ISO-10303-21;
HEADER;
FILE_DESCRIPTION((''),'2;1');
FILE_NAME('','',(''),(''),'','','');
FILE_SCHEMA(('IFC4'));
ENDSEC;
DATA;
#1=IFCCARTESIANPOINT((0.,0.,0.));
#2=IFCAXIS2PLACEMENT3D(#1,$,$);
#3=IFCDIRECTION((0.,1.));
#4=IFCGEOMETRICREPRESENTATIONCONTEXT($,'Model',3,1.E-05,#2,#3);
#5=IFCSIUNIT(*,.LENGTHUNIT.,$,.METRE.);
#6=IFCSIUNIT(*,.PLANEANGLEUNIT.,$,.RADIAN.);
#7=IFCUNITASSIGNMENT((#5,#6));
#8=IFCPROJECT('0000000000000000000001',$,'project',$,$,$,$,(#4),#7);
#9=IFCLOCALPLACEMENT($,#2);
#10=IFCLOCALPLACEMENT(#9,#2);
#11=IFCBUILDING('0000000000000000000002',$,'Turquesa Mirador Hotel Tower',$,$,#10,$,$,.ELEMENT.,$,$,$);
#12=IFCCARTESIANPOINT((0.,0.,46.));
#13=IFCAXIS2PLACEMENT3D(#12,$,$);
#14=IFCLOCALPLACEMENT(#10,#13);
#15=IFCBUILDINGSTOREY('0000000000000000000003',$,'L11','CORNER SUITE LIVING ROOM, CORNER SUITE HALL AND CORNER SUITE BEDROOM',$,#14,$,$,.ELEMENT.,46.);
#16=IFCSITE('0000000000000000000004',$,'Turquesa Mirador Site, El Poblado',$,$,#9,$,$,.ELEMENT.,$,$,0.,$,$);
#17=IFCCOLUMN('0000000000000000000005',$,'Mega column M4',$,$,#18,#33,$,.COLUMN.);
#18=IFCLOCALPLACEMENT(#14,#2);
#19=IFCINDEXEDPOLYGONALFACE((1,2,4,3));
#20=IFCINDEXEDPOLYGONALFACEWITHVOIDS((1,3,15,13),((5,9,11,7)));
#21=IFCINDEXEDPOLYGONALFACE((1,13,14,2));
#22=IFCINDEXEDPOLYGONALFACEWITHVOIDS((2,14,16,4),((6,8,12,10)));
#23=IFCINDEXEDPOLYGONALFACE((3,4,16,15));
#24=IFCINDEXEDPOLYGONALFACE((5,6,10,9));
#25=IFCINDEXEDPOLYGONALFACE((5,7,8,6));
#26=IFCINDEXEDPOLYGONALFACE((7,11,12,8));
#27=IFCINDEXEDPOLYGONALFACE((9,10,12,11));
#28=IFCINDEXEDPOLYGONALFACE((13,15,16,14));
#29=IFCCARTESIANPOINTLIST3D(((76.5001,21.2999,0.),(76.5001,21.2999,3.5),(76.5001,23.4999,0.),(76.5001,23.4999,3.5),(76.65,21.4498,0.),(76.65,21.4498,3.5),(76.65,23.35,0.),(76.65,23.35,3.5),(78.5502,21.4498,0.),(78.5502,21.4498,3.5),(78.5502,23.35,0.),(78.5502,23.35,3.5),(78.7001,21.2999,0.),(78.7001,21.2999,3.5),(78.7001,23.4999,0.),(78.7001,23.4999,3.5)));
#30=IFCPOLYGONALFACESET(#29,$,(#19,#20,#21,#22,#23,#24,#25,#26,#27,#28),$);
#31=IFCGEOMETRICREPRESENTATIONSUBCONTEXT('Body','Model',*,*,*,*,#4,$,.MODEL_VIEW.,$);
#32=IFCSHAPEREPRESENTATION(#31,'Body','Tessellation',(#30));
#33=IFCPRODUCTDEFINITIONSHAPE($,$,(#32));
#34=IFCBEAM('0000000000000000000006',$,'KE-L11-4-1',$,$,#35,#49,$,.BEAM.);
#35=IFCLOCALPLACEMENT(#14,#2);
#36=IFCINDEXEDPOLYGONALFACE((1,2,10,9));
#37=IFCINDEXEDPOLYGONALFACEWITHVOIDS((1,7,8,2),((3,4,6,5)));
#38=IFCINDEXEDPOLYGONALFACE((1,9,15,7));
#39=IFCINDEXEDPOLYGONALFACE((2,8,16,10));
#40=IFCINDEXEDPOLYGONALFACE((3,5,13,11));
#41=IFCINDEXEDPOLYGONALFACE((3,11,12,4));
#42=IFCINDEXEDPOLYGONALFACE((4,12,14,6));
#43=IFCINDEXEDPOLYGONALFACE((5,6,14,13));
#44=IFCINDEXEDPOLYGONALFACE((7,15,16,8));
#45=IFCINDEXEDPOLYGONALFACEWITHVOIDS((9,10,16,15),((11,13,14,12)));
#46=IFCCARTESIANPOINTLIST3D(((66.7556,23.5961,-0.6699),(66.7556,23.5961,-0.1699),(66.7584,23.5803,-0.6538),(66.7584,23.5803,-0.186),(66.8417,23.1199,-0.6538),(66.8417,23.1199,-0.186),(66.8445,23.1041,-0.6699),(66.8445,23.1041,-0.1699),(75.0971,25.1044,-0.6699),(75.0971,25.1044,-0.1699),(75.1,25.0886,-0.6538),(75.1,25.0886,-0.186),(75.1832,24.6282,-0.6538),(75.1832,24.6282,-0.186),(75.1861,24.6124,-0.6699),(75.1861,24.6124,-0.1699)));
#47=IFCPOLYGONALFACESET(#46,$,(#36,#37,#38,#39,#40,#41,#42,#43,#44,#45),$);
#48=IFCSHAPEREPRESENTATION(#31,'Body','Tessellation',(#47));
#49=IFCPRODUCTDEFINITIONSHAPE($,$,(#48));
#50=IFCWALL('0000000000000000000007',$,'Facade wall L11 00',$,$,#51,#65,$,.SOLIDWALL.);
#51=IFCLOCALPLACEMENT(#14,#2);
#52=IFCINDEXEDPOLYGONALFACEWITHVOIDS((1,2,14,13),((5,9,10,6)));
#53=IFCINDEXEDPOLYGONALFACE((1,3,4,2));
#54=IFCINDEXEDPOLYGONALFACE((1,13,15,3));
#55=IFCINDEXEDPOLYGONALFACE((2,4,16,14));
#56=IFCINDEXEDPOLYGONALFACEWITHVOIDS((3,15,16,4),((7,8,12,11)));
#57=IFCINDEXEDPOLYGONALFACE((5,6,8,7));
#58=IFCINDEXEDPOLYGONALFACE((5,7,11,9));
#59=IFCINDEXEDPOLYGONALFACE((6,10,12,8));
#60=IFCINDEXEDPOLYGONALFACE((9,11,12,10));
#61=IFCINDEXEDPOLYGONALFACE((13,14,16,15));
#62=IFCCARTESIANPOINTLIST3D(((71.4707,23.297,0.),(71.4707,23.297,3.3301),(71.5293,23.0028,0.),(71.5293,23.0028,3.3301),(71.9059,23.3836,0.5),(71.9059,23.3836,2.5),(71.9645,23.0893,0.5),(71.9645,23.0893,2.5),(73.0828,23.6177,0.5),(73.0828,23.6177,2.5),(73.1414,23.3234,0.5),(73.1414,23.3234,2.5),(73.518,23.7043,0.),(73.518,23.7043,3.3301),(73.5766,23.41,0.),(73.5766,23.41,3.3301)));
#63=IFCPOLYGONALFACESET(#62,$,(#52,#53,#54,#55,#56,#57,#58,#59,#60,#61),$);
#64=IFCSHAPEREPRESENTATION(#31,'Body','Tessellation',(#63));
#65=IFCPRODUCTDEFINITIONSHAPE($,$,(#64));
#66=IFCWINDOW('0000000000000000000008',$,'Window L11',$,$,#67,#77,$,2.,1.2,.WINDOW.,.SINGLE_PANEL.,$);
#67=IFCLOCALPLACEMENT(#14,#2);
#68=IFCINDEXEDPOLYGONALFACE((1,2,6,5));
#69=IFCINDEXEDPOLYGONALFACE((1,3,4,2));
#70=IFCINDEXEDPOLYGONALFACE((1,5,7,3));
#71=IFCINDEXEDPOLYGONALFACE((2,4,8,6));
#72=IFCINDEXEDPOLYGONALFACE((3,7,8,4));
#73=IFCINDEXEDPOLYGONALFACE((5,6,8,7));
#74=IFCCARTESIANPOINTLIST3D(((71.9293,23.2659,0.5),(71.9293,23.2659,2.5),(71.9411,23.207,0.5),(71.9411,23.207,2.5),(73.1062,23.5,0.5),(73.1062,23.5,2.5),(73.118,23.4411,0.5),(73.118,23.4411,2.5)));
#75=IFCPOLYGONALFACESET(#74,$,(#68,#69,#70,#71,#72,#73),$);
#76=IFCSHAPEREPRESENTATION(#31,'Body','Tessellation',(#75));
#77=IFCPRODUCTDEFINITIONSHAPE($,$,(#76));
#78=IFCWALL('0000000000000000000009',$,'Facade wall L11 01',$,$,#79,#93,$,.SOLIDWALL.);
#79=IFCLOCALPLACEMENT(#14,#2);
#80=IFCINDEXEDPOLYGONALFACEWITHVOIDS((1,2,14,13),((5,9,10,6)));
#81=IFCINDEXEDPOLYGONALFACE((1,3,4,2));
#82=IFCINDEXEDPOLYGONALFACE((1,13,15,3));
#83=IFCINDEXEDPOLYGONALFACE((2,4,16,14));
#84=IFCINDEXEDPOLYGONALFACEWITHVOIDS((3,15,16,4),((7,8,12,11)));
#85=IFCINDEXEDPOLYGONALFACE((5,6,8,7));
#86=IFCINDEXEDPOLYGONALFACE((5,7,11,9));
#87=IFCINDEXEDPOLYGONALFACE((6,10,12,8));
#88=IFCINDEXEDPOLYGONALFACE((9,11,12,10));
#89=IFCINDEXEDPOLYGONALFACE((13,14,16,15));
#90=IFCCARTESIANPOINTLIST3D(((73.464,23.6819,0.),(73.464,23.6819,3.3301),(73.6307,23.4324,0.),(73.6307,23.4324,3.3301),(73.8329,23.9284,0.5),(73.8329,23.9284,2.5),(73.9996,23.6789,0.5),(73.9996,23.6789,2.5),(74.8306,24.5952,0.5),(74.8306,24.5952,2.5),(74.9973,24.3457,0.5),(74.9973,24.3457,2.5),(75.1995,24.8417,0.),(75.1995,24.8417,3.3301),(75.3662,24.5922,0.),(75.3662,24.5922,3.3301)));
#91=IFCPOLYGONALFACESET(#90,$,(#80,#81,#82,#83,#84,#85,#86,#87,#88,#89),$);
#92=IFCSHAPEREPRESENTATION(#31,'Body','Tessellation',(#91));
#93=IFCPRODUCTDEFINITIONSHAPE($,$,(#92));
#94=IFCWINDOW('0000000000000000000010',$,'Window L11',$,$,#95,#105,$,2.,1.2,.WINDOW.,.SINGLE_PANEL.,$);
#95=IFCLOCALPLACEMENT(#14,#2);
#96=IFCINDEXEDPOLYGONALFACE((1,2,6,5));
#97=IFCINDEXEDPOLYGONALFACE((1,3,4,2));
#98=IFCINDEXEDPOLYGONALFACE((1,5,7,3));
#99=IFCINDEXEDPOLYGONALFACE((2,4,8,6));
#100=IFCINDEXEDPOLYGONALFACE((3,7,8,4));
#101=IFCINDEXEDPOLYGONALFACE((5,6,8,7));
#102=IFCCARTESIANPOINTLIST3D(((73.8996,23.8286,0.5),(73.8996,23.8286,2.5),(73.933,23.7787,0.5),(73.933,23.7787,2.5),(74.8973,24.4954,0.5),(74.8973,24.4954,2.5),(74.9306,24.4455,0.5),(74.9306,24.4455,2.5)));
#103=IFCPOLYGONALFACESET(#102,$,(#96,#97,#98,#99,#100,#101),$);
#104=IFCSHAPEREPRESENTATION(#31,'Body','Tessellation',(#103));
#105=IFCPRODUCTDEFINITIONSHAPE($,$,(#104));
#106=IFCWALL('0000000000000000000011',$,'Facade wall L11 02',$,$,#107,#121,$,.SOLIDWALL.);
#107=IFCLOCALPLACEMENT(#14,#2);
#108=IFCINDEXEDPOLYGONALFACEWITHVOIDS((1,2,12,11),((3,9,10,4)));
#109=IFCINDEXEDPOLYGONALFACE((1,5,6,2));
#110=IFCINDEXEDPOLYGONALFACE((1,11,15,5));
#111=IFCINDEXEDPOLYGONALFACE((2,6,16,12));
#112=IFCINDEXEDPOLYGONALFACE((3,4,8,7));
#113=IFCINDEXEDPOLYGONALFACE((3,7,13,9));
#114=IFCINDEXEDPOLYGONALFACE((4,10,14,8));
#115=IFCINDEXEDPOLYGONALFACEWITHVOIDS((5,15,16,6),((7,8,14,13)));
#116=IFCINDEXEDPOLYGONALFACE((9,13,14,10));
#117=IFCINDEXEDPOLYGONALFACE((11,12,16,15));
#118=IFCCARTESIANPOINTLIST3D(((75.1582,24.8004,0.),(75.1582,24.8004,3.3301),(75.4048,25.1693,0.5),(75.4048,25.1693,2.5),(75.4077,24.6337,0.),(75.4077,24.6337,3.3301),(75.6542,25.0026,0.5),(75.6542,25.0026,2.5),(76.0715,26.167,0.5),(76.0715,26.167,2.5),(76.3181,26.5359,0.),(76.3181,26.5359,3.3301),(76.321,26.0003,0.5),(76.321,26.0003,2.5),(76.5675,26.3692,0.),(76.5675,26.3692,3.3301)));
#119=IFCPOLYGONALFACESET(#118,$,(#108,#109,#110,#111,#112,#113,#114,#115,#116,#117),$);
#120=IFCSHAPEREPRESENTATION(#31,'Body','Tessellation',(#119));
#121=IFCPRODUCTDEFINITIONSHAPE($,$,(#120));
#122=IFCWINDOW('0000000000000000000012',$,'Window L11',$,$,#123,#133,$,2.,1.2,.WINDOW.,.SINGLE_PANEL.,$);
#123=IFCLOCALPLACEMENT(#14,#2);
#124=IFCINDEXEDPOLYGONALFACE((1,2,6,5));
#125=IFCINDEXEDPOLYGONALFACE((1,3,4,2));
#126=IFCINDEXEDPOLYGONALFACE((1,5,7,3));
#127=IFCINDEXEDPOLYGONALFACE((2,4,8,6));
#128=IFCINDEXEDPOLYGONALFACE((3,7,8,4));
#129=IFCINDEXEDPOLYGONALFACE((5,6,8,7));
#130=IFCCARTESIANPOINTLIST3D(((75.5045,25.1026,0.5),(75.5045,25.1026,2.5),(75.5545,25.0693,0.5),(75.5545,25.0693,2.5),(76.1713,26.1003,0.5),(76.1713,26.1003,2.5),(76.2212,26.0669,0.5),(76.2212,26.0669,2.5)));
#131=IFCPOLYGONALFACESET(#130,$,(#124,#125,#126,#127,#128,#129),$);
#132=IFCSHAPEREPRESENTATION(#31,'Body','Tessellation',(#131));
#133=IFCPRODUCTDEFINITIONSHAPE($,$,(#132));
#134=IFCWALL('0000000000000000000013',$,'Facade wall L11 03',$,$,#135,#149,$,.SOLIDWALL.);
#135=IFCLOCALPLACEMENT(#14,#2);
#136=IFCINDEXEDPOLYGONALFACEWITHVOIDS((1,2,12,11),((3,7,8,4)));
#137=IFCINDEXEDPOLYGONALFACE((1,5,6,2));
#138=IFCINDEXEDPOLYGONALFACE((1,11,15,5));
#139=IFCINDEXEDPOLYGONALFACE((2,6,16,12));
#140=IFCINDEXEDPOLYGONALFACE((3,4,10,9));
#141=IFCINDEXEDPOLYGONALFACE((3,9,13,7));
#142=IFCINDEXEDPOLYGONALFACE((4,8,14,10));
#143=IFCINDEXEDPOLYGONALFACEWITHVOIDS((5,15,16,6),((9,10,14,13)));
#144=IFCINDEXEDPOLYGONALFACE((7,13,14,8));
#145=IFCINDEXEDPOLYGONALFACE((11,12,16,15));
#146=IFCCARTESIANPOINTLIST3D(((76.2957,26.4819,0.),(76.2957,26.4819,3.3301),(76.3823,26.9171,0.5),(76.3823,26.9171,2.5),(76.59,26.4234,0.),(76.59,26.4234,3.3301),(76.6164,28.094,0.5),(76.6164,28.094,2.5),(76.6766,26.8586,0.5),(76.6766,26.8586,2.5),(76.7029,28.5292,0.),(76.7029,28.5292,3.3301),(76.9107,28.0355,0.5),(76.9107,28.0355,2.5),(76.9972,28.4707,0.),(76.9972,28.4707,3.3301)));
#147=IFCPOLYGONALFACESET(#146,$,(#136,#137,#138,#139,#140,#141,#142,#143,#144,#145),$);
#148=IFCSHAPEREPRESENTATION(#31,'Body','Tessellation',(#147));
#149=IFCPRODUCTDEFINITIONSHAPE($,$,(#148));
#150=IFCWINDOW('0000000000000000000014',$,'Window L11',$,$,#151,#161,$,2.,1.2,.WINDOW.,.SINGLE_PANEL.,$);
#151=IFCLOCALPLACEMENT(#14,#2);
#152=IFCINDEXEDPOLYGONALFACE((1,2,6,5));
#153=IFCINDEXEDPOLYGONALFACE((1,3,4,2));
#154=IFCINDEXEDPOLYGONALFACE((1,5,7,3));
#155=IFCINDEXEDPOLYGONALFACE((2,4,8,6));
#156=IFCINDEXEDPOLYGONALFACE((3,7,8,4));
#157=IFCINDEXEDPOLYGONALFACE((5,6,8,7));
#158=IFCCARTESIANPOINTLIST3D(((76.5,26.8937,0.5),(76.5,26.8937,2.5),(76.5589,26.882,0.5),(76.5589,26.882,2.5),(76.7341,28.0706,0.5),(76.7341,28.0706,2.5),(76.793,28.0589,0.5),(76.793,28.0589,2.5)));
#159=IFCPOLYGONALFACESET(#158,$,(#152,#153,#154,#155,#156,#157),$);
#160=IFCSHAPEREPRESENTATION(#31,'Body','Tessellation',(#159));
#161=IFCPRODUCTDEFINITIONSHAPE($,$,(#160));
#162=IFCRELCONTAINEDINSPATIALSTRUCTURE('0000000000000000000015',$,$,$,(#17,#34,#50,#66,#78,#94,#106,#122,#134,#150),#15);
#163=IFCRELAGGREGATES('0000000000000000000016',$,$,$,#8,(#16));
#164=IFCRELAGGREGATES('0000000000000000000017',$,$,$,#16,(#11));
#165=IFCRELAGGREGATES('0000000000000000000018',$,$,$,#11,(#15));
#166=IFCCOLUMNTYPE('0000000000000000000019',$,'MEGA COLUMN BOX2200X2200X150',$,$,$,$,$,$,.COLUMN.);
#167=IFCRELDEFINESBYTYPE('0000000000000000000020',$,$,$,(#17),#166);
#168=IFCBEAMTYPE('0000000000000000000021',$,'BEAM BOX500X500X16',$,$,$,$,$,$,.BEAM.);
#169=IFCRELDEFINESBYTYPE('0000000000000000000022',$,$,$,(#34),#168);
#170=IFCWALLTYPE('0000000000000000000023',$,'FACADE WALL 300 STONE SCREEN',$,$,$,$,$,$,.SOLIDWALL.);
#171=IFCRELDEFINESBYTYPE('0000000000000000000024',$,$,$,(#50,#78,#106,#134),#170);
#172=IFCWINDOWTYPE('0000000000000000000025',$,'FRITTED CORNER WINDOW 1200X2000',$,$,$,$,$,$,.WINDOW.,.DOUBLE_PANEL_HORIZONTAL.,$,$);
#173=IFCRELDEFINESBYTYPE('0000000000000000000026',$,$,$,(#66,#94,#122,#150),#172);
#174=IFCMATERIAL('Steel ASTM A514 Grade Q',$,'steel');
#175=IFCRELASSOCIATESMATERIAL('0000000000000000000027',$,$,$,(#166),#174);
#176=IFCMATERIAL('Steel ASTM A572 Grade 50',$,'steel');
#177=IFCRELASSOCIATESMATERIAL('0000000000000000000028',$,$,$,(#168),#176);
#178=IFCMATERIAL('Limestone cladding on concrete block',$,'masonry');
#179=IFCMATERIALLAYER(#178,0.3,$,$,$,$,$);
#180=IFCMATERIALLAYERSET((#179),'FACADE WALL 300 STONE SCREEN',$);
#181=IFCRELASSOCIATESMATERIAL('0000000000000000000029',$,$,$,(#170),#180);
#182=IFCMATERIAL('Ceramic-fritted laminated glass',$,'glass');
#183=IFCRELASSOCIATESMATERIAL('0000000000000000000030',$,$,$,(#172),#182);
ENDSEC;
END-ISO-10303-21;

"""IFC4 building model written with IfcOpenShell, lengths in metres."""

from ifc_helpers import new_model, si_unit, direction, frame, frame_2d, origin, origin_2d, place, context, subcontext, project, spatial, rectangle, hollow_rectangle, extrude, material, layer, layer_set, material_profile, profile_set, type_object, element, fill, save


model = new_model("IFC4")

# Units and contexts
model_context = context("Model", 3, precision=1e-05, world=origin(), true_north=direction((0.0, 1.0)))
body_context = subcontext(model_context, "Body", "Model", "MODEL_VIEW")
ifc_project = project(units=[si_unit("LENGTHUNIT", "METRE"), si_unit("PLANEANGLEUNIT", "RADIAN")], contexts=[model_context])

# Site, building, storey
site_placement = place(None, origin())
site = spatial("IfcSite", under=ifc_project, at=site_placement, Name="Turquesa Mirador Site, El Poblado", CompositionType="ELEMENT", RefElevation=0.0)
building_placement = place(site_placement, origin())
building = spatial("IfcBuilding", under=site, at=building_placement, Name="Turquesa Mirador Hotel Tower", CompositionType="ELEMENT")
storey_placement = place(building_placement, frame((0.0, 0.0, 46.0)))
storey = spatial("IfcBuildingStorey", under=building, at=storey_placement, Name="L11", Description="CORNER SUITE LIVING ROOM, CORNER SUITE HALL AND CORNER SUITE BEDROOM", CompositionType="ELEMENT", Elevation=46.0)

# Column
ifc_material_1 = material(Name="Steel ASTM A514 Grade Q", Category="steel")
ifc_material_profile_1 = material_profile(ifc_material_1, hollow_rectangle(XDim=2.2, YDim=2.2, WallThickness=0.1499, at=origin_2d()), Name="BOX2200X2200X150")
ifc_profile_set_1 = profile_set([ifc_material_profile_1], Name="Steel ASTM A514 Grade Q")
column_type = type_object("IfcColumnType", Name="MEGA COLUMN BOX2200X2200X150", PredefinedType="COLUMN", material=ifc_profile_set_1)
column_placement = place(storey_placement, frame((77.6001, 22.3999, 0.0), z_axis=(0.0, 0.0, 1.0), x_axis=(1.0, 0.0, 0.0)))
element("IfcColumn", 1, at=column_placement, inside=storey, type_object=column_type, Name="Mega column M4", PredefinedType="COLUMN", context=body_context, shape_type="SweptSolid", body=[
    extrude(hollow_rectangle(XDim=2.2, YDim=2.2, WallThickness=0.1499, at=origin_2d()), origin(), (0.0, 0.0, 1.0), 3.5),
])

# Beam
ifc_material_2 = material(Name="Steel ASTM A572 Grade 50", Category="steel")
ifc_material_profile_2 = material_profile(ifc_material_2, hollow_rectangle(XDim=0.5, YDim=0.5, WallThickness=0.0161, at=origin_2d()), Name="BOX500X500X16")
ifc_profile_set_2 = profile_set([ifc_material_profile_2], Name="Steel ASTM A572 Grade 50")
beam_type = type_object("IfcBeamType", Name="BEAM BOX500X500X16", PredefinedType="BEAM", material=ifc_profile_set_2)
beam_placement = place(storey_placement, frame((75.1416, 24.8584, -0.4199), z_axis=(-0.984043, -0.177932, 0.0), x_axis=(0.177932, -0.984043, 0.0)))
element("IfcBeam", 2, at=beam_placement, inside=storey, type_object=beam_type, Name="KE-L11-4-1", PredefinedType="BEAM", context=body_context, shape_type="SweptSolid", body=[
    extrude(hollow_rectangle(XDim=0.5, YDim=0.5, WallThickness=0.0161, at=origin_2d()), origin(), (0.0, 0.0, 1.0), 8.4768),
])

# Walls, openings, windows
ifc_material_3 = material(Name="Limestone cladding on concrete block", Category="masonry")
ifc_layer_1 = layer(ifc_material_3, 0.3)
ifc_layer_set_1 = layer_set([ifc_layer_1], Name="FACADE WALL 300 STONE SCREEN")
wall_type_1 = type_object("IfcWallType", Name="FACADE WALL 300 STONE SCREEN", PredefinedType="SOLIDWALL", material=ifc_layer_set_1)
wall_1_placement = place(storey_placement, frame((71.5, 23.1499, 0.0), z_axis=(0.0, 0.0, 1.0), x_axis=(0.980787, 0.195081, 0.0)))
wall_1 = element("IfcWall", 3, at=wall_1_placement, inside=storey, type_object=wall_type_1, Name="Facade wall L11 00", PredefinedType="SOLIDWALL", context=body_context, shape_type="SweptSolid", body=[
    extrude(rectangle(XDim=2.0874, YDim=0.3, at=frame_2d((1.0437, 0.0))), origin(), (0.0, 0.0, 1.0), 3.3301),
])
opening_1_placement = place(wall_1_placement, frame((0.4436, 0.0, 0.5)))
opening_1 = element("IfcOpeningElement", 4, at=opening_1_placement, cuts=wall_1, PredefinedType="OPENING", context=body_context, shape_type="SweptSolid", body=[
    extrude(rectangle(XDim=1.2, YDim=2.0, at=frame_2d((0.6001, 1.0))), frame((0.0, 0.1599, 0.0), z_axis=(0.0, -1.0, 0.0), x_axis=(1.0, 0.0, 0.0)), (0.0, 0.0, 1.0), 0.3201),
])
ifc_material_4 = material(Name="Ceramic-fritted laminated glass", Category="glass")
window_type_1 = type_object("IfcWindowType", Name="FRITTED CORNER WINDOW 1200X2000", PartitioningType="DOUBLE_PANEL_HORIZONTAL", PredefinedType="WINDOW", material=ifc_material_4)
window_1_placement = place(opening_1_placement, origin())
window_1 = element("IfcWindow", 5, at=window_1_placement, inside=storey, type_object=window_type_1, Name="Window L11", OverallHeight=2.0, OverallWidth=1.2, PartitioningType="SINGLE_PANEL", PredefinedType="WINDOW", context=body_context, shape_type="SweptSolid", body=[
    extrude(rectangle(XDim=1.2, YDim=2.0, at=frame_2d((0.6001, 1.0))), frame((0.0, 0.03, 0.0), z_axis=(0.0, -1.0, 0.0), x_axis=(1.0, 0.0, 0.0)), (0.0, 0.0, 1.0), 0.0601),
])
fill(opening_1, window_1)
wall_2_placement = place(storey_placement, frame((73.5474, 23.5571, 0.0), z_axis=(0.0, 0.0, 1.0), x_axis=(0.83142, 0.555644, 0.0)))
wall_2 = element("IfcWall", 6, at=wall_2_placement, inside=storey, type_object=wall_type_1, Name="Facade wall L11 01", PredefinedType="SOLIDWALL", context=body_context, shape_type="SweptSolid", body=[
    extrude(rectangle(XDim=2.0874, YDim=0.3, at=frame_2d((1.0437, 0.0))), origin(), (0.0, 0.0, 1.0), 3.3301),
])
opening_2_placement = place(wall_2_placement, frame((0.4436, 0.0, 0.5)))
opening_2 = element("IfcOpeningElement", 7, at=opening_2_placement, cuts=wall_2, PredefinedType="OPENING", context=body_context, shape_type="SweptSolid", body=[
    extrude(rectangle(XDim=1.2, YDim=2.0, at=frame_2d((0.6001, 1.0))), frame((0.0, 0.1599, 0.0), z_axis=(0.0, -1.0, 0.0), x_axis=(1.0, 0.0, 0.0)), (0.0, 0.0, 1.0), 0.3201),
])
window_2_placement = place(opening_2_placement, origin())
window_2 = element("IfcWindow", 8, at=window_2_placement, inside=storey, type_object=window_type_1, Name="Window L11", OverallHeight=2.0, OverallWidth=1.2, PartitioningType="SINGLE_PANEL", PredefinedType="WINDOW", context=body_context, shape_type="SweptSolid", body=[
    extrude(rectangle(XDim=1.2, YDim=2.0, at=frame_2d((0.6001, 1.0))), frame((0.0, 0.03, 0.0), z_axis=(0.0, -1.0, 0.0), x_axis=(1.0, 0.0, 0.0)), (0.0, 0.0, 1.0), 0.0601),
])
fill(opening_2, window_2)
wall_3_placement = place(storey_placement, frame((75.283, 24.717, 0.0), z_axis=(0.0, 0.0, 1.0), x_axis=(0.555644, 0.83142, 0.0)))
wall_3 = element("IfcWall", 9, at=wall_3_placement, inside=storey, type_object=wall_type_1, Name="Facade wall L11 02", PredefinedType="SOLIDWALL", context=body_context, shape_type="SweptSolid", body=[
    extrude(rectangle(XDim=2.0874, YDim=0.3, at=frame_2d((1.0437, 0.0))), origin(), (0.0, 0.0, 1.0), 3.3301),
])
opening_3_placement = place(wall_3_placement, frame((0.4436, 0.0, 0.5)))
opening_3 = element("IfcOpeningElement", 10, at=opening_3_placement, cuts=wall_3, PredefinedType="OPENING", context=body_context, shape_type="SweptSolid", body=[
    extrude(rectangle(XDim=1.2, YDim=2.0, at=frame_2d((0.6001, 1.0))), frame((0.0, 0.1599, 0.0), z_axis=(0.0, -1.0, 0.0), x_axis=(1.0, 0.0, 0.0)), (0.0, 0.0, 1.0), 0.3201),
])
window_3_placement = place(opening_3_placement, origin())
window_3 = element("IfcWindow", 11, at=window_3_placement, inside=storey, type_object=window_type_1, Name="Window L11", OverallHeight=2.0, OverallWidth=1.2, PartitioningType="SINGLE_PANEL", PredefinedType="WINDOW", context=body_context, shape_type="SweptSolid", body=[
    extrude(rectangle(XDim=1.2, YDim=2.0, at=frame_2d((0.6001, 1.0))), frame((0.0, 0.03, 0.0), z_axis=(0.0, -1.0, 0.0), x_axis=(1.0, 0.0, 0.0)), (0.0, 0.0, 1.0), 0.0601),
])
fill(opening_3, window_3)
wall_4_placement = place(storey_placement, frame((76.4429, 26.4526, 0.0), z_axis=(0.0, 0.0, 1.0), x_axis=(0.195081, 0.980787, 0.0)))
wall_4 = element("IfcWall", 12, at=wall_4_placement, inside=storey, type_object=wall_type_1, Name="Facade wall L11 03", PredefinedType="SOLIDWALL", context=body_context, shape_type="SweptSolid", body=[
    extrude(rectangle(XDim=2.0874, YDim=0.3, at=frame_2d((1.0437, 0.0))), origin(), (0.0, 0.0, 1.0), 3.3301),
])
opening_4_placement = place(wall_4_placement, frame((0.4436, 0.0, 0.5)))
opening_4 = element("IfcOpeningElement", 13, at=opening_4_placement, cuts=wall_4, PredefinedType="OPENING", context=body_context, shape_type="SweptSolid", body=[
    extrude(rectangle(XDim=1.2, YDim=2.0, at=frame_2d((0.6001, 1.0))), frame((0.0, 0.1599, 0.0), z_axis=(0.0, -1.0, 0.0), x_axis=(1.0, 0.0, 0.0)), (0.0, 0.0, 1.0), 0.3201),
])
window_4_placement = place(opening_4_placement, origin())
window_4 = element("IfcWindow", 14, at=window_4_placement, inside=storey, type_object=window_type_1, Name="Window L11", OverallHeight=2.0, OverallWidth=1.2, PartitioningType="SINGLE_PANEL", PredefinedType="WINDOW", context=body_context, shape_type="SweptSolid", body=[
    extrude(rectangle(XDim=1.2, YDim=2.0, at=frame_2d((0.6001, 1.0))), frame((0.0, 0.03, 0.0), z_axis=(0.0, -1.0, 0.0), x_axis=(1.0, 0.0, 0.0)), (0.0, 0.0, 1.0), 0.0601),
])
fill(opening_4, window_4)

save(model, "model.ifc")
